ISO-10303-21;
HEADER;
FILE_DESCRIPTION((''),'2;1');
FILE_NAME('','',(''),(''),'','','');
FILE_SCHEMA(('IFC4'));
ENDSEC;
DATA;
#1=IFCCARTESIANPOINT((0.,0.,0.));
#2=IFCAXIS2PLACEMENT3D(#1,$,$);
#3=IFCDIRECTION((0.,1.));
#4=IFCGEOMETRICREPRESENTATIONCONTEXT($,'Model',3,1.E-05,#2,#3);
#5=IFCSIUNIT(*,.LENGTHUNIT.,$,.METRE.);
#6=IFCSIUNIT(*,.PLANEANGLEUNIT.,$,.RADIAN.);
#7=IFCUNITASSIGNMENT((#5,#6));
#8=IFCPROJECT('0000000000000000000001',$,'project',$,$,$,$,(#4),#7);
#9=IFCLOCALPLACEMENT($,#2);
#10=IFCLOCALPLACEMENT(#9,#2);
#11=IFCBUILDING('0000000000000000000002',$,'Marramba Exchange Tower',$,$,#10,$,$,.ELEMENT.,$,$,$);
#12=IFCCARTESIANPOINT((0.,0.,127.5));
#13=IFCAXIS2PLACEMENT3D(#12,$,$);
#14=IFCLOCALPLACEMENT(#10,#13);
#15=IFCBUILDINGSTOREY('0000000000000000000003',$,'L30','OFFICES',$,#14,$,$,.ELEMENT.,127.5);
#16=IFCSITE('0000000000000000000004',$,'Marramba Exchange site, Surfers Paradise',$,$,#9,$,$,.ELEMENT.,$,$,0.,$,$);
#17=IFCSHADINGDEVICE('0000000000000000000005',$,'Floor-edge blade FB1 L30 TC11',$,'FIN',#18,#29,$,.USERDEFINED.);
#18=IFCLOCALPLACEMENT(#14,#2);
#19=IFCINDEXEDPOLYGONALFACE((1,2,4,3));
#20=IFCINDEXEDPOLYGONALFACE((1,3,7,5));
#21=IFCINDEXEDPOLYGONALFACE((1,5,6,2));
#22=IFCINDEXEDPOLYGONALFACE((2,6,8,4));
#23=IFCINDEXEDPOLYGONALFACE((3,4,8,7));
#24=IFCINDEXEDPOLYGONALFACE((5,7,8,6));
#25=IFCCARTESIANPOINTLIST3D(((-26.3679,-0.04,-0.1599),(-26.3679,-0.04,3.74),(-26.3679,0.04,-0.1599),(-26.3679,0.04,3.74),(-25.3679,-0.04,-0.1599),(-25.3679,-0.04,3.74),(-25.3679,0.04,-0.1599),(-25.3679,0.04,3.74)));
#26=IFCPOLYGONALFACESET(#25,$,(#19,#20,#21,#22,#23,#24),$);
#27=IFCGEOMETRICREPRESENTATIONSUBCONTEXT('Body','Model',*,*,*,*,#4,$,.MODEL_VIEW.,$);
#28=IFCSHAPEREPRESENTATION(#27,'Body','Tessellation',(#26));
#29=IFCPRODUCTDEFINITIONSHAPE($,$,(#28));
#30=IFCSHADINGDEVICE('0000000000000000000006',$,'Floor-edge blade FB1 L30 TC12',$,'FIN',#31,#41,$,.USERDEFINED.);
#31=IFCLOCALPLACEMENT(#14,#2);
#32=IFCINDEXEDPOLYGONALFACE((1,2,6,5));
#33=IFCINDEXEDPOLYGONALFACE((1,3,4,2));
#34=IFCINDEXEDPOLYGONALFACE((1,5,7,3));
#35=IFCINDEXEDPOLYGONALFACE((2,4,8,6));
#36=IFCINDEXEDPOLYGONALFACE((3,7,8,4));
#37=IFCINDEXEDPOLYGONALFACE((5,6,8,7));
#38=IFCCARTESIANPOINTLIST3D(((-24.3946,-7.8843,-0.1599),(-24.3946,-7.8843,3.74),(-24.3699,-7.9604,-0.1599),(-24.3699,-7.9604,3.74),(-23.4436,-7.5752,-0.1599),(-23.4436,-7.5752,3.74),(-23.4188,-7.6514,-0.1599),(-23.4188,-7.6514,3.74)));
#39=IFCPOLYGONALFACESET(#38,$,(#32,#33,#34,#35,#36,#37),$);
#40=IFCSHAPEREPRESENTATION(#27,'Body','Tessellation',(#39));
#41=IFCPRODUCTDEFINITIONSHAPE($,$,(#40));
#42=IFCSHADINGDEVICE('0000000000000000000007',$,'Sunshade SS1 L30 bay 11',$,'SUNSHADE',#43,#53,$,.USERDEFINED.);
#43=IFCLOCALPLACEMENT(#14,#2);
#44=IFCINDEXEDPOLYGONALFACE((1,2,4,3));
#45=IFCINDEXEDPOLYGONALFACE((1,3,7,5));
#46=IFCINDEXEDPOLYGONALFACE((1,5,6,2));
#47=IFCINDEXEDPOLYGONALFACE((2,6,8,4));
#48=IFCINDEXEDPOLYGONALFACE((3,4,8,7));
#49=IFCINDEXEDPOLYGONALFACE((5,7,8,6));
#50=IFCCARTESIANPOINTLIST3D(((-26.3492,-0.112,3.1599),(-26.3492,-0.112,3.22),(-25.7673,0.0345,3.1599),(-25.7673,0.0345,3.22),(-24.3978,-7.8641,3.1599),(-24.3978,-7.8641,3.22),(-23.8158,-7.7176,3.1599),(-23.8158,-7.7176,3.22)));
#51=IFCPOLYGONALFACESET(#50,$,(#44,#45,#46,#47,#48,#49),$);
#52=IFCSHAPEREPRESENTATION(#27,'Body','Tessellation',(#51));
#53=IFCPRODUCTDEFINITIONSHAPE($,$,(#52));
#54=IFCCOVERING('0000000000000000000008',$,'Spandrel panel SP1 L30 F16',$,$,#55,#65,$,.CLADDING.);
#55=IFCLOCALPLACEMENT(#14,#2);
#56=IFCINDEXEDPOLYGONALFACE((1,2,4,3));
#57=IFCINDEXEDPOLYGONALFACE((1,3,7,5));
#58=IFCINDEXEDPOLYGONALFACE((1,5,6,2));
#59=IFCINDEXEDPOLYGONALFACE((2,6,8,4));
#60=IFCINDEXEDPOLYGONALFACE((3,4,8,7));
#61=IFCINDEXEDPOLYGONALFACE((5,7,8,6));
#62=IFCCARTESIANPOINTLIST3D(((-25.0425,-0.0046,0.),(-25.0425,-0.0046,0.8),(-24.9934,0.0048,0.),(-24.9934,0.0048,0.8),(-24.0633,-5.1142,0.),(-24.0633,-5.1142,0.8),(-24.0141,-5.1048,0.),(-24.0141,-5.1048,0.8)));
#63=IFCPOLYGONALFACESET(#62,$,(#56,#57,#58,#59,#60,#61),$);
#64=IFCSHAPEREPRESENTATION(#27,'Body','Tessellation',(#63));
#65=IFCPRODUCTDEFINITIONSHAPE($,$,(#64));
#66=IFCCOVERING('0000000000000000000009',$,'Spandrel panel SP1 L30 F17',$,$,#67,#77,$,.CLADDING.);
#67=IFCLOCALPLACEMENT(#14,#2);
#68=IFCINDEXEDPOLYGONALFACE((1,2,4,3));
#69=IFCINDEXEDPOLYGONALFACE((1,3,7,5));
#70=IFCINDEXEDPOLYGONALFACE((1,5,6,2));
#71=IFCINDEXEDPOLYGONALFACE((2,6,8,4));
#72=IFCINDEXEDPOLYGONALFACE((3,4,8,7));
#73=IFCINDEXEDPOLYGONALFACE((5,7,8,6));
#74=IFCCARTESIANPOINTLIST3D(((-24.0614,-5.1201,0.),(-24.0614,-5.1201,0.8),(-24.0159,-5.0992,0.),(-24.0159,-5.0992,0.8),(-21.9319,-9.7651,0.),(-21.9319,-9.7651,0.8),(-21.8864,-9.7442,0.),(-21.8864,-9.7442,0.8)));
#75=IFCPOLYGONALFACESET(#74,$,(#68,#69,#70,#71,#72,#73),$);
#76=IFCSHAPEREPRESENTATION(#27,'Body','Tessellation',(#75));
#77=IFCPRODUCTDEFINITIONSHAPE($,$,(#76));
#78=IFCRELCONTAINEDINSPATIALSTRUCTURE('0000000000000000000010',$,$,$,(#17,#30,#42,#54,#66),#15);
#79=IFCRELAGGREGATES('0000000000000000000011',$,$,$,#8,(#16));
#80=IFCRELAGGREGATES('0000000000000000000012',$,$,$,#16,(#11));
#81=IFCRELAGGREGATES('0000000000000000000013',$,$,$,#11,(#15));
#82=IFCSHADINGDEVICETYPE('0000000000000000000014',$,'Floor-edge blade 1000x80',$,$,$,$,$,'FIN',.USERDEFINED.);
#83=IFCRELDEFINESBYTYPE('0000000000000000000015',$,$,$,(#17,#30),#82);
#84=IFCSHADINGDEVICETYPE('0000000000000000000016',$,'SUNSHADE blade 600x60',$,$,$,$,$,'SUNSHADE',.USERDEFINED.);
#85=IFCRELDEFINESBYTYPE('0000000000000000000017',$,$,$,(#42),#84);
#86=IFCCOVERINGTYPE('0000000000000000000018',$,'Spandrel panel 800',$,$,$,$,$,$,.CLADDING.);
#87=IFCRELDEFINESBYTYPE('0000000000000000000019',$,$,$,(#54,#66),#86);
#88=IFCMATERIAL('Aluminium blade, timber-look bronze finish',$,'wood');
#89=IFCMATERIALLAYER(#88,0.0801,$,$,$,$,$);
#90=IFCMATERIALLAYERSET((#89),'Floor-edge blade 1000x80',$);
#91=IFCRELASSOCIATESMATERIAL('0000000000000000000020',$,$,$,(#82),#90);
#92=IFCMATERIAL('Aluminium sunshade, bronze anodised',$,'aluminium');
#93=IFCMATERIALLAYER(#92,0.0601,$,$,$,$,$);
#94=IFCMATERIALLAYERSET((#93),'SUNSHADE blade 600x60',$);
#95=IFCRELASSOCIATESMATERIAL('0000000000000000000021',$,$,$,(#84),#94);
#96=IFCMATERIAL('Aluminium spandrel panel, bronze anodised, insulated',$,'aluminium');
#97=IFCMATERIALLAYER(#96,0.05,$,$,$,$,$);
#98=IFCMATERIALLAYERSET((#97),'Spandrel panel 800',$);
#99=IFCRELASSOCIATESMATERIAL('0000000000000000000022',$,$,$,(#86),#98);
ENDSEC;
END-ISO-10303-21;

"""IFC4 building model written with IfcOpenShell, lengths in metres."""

from ifc_helpers import new_model, si_unit, direction, frame, origin, origin_2d, place, context, subcontext, project, spatial, rectangle, extrude, material, layer, layer_set, type_object, element, save


model = new_model("IFC4")

# Units and contexts
model_context = context("Model", 3, precision=1e-05, world=origin(), true_north=direction((0.0, 1.0)))
body_context = subcontext(model_context, "Body", "Model", "MODEL_VIEW")
ifc_project = project(units=[si_unit("LENGTHUNIT", "METRE"), si_unit("PLANEANGLEUNIT", "RADIAN")], contexts=[model_context])

# Site, building, storey
site_placement = place(None, origin())
site = spatial("IfcSite", under=ifc_project, at=site_placement, Name="Marramba Exchange site, Surfers Paradise", CompositionType="ELEMENT", RefElevation=0.0)
building_placement = place(site_placement, origin())
building = spatial("IfcBuilding", under=site, at=building_placement, Name="Marramba Exchange Tower", CompositionType="ELEMENT")
storey_placement = place(building_placement, frame((0.0, 0.0, 127.5)))
storey = spatial("IfcBuildingStorey", under=building, at=storey_placement, Name="L30", Description="OFFICES", CompositionType="ELEMENT", Elevation=127.5)

# Shading devices
ifc_material_1 = material(Name="Aluminium blade, timber-look bronze finish", Category="wood")
ifc_layer_1 = layer(ifc_material_1, 0.0801)
ifc_layer_set_1 = layer_set([ifc_layer_1], Name="Floor-edge blade 1000x80")
shading_device_type_1 = type_object("IfcShadingDeviceType", Name="Floor-edge blade 1000x80", ElementType="FIN", PredefinedType="USERDEFINED", material=ifc_layer_set_1)
for number, where, z_axis, x_axis, name in (
    (1, (-25.8679, 0.0, -0.1599), (0.0, 0.0, 1.0), (-1.0, 0.0, 0.0), "Floor-edge blade FB1 L30 TC11"),
    (2, (-23.9067, -7.7678, -0.1599), (0.0, 0.0, 1.0), (-0.951057, -0.309017, 0.0), "Floor-edge blade FB1 L30 TC12"),
):
    element("IfcShadingDevice", number, at=place(storey_placement, frame(where, z_axis=z_axis, x_axis=x_axis)), inside=storey, type_object=shading_device_type_1, Name=name, ObjectType="FIN", PredefinedType="USERDEFINED", context=body_context, shape_type="SweptSolid", body=[
        extrude(rectangle(XDim=1.0, YDim=0.0801, at=origin_2d()), origin(), (0.0, 0.0, 1.0), 3.8999),
    ])
ifc_material_2 = material(Name="Aluminium sunshade, bronze anodised", Category="aluminium")
ifc_layer_2 = layer(ifc_material_2, 0.0601)
ifc_layer_set_2 = layer_set([ifc_layer_2], Name="SUNSHADE blade 600x60")
shading_device_type_2 = type_object("IfcShadingDeviceType", Name="SUNSHADE blade 600x60", ElementType="SUNSHADE", PredefinedType="USERDEFINED", material=ifc_layer_set_2)
shading_device_placement = place(storey_placement, frame((-25.0825, -3.9148, 3.1599), z_axis=(0.0, 0.0, 1.0), x_axis=(0.244117, -0.969746, 0.0)))
element("IfcShadingDevice", 3, at=shading_device_placement, inside=storey, type_object=shading_device_type_2, Name="Sunshade SS1 L30 bay 11", ObjectType="SUNSHADE", PredefinedType="USERDEFINED", context=body_context, shape_type="SweptSolid", body=[
    extrude(rectangle(XDim=7.9939, YDim=0.6001, at=origin_2d()), origin(), (0.0, 0.0, 1.0), 0.0601),
])

# Coverings
ifc_material_3 = material(Name="Aluminium spandrel panel, bronze anodised, insulated", Category="aluminium")
ifc_layer_3 = layer(ifc_material_3, 0.05)
ifc_layer_set_3 = layer_set([ifc_layer_3], Name="Spandrel panel 800")
covering_type = type_object("IfcCoveringType", Name="Spandrel panel 800", PredefinedType="CLADDING", material=ifc_layer_set_3)
covering_1_placement = place(storey_placement, frame((-24.5283, -2.5547, 0.0), z_axis=(0.0, 0.0, 1.0), x_axis=(0.188227, -0.982126, 0.0)))
element("IfcCovering", 4, at=covering_1_placement, inside=storey, type_object=covering_type, Name="Spandrel panel SP1 L30 F16", PredefinedType="CLADDING", context=body_context, shape_type="SweptSolid", body=[
    extrude(rectangle(XDim=5.2026, YDim=0.05, at=origin_2d()), origin(), (0.0, 0.0, 1.0), 0.8),
])
covering_2_placement = place(storey_placement, frame((-22.9739, -7.4321, 0.0), z_axis=(0.0, 0.0, 1.0), x_axis=(0.416738, -0.909027, 0.0)))
element("IfcCovering", 5, at=covering_2_placement, inside=storey, type_object=covering_type, Name="Spandrel panel SP1 L30 F17", PredefinedType="CLADDING", context=body_context, shape_type="SweptSolid", body=[
    extrude(rectangle(XDim=5.1099, YDim=0.05, at=origin_2d()), origin(), (0.0, 0.0, 1.0), 0.8),
])

save(model, "model.ifc")
